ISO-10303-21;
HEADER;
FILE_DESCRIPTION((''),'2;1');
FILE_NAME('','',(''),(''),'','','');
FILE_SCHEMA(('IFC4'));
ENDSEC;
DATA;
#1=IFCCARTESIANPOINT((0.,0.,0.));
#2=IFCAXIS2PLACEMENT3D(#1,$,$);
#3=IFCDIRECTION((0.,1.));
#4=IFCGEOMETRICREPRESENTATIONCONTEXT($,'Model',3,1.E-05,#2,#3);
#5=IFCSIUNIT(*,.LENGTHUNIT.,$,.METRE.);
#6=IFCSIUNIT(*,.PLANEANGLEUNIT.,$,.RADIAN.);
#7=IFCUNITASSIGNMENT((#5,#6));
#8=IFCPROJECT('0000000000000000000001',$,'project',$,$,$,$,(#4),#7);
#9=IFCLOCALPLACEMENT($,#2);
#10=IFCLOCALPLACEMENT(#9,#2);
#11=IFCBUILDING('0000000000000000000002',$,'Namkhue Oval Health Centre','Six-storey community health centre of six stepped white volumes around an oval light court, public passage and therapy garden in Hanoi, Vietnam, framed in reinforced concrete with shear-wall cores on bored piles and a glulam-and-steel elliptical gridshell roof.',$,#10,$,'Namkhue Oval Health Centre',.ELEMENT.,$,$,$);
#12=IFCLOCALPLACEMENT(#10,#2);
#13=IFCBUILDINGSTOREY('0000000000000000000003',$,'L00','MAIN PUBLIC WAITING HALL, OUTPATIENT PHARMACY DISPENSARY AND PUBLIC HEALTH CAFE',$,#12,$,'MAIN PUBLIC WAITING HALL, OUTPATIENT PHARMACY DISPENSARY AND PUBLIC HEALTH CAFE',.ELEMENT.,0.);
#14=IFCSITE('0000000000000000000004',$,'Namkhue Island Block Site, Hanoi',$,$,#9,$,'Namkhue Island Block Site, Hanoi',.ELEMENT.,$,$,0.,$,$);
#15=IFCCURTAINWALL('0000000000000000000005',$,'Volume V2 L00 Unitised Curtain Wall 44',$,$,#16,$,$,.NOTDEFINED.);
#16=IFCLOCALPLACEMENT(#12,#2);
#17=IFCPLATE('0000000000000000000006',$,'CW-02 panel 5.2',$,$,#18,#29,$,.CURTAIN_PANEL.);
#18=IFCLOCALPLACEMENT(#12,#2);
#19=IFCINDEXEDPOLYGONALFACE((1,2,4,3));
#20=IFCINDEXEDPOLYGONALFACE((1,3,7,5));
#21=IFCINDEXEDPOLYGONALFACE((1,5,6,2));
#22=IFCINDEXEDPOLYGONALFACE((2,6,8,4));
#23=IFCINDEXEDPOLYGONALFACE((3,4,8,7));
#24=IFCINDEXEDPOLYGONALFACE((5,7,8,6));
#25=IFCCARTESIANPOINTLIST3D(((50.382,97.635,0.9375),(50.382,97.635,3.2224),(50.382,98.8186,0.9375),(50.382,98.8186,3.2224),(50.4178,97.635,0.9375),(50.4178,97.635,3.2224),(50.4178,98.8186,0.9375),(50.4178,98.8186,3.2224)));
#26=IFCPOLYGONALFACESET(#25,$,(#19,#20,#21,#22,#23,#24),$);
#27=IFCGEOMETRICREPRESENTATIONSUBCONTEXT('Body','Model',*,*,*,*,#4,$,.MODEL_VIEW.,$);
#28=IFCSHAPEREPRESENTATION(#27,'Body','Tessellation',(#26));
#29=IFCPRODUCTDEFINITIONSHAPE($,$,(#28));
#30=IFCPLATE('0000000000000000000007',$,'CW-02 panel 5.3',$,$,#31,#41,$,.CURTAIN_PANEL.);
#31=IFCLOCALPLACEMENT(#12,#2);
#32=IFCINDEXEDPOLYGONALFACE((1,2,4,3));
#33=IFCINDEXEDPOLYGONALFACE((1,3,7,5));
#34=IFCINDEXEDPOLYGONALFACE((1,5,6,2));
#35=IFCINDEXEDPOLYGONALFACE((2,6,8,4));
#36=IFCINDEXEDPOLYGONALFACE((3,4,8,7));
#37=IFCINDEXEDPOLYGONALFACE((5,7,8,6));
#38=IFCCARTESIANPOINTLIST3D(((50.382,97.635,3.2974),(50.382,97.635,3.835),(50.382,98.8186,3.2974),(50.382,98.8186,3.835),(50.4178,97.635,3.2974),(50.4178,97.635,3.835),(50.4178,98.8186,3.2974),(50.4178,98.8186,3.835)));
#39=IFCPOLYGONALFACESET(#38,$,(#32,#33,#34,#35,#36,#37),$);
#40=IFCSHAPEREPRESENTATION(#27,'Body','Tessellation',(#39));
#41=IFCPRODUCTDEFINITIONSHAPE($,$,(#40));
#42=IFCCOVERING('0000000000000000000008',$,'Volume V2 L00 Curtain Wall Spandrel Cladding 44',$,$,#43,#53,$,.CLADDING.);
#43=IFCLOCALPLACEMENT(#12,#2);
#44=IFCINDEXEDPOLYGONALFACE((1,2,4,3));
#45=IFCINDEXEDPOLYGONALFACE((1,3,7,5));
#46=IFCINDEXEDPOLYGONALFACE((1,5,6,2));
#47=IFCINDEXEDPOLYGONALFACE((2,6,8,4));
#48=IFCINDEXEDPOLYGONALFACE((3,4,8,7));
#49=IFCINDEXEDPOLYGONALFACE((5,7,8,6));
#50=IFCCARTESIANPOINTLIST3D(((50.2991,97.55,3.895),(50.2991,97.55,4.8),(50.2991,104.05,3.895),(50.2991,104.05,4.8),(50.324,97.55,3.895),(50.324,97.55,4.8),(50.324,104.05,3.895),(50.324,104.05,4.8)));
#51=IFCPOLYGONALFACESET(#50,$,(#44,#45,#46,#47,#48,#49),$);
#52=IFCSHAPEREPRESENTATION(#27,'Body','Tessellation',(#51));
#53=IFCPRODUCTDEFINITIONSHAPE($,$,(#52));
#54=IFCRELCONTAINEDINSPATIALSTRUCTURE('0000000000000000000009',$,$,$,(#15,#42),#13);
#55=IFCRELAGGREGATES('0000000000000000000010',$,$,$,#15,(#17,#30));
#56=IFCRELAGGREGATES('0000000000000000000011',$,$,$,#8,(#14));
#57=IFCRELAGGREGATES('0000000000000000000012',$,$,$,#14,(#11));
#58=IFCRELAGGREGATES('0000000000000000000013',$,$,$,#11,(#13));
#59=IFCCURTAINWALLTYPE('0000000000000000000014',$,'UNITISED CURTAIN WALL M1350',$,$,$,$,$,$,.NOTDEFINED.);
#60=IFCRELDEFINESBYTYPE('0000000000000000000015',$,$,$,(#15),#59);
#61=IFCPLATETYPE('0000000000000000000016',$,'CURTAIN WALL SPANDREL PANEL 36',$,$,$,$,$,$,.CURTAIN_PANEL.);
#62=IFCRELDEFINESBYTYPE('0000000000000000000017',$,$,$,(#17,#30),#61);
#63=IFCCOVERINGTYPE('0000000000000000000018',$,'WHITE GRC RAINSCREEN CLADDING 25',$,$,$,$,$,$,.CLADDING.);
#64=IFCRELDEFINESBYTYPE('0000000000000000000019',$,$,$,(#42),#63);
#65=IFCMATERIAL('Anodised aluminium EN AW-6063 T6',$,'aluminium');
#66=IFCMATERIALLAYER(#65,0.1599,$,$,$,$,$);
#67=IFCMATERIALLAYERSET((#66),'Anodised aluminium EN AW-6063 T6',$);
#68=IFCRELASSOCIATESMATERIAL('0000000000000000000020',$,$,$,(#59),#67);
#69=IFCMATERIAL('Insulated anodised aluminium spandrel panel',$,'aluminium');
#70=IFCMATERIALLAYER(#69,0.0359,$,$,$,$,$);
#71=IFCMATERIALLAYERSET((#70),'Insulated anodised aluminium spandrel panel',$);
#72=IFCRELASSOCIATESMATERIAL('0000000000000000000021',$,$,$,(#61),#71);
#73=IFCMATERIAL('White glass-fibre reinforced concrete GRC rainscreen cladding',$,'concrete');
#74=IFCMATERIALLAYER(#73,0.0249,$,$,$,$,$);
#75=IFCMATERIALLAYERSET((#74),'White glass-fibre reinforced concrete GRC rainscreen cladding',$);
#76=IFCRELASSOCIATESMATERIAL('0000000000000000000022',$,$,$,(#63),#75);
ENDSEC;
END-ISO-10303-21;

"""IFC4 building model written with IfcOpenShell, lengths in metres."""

from ifc_helpers import new_model, si_unit, direction, frame, origin, origin_2d, place, context, subcontext, project, spatial, rectangle, extrude, material, layer, layer_set, type_object, element, aggregate, save


model = new_model("IFC4")

# Units and contexts
model_context = context("Model", 3, precision=1e-05, world=origin(), true_north=direction((0.0, 1.0)))
body_context = subcontext(model_context, "Body", "Model", "MODEL_VIEW")
ifc_project = project(units=[si_unit("LENGTHUNIT", "METRE"), si_unit("PLANEANGLEUNIT", "RADIAN")], contexts=[model_context])

# Site, building, storey
site_placement = place(None, origin())
site = spatial("IfcSite", under=ifc_project, at=site_placement, Name="Namkhue Island Block Site, Hanoi", LongName="Namkhue Island Block Site, Hanoi", CompositionType="ELEMENT", RefElevation=0.0)
building_placement = place(site_placement, origin())
building = spatial("IfcBuilding", under=site, at=building_placement, Name="Namkhue Oval Health Centre", Description="Six-storey community health centre of six stepped white volumes around an oval light court, public passage and therapy garden in Hanoi, Vietnam, framed in reinforced concrete with shear-wall cores on bored piles and a glulam-and-steel elliptical gridshell roof.", LongName="Namkhue Oval Health Centre", CompositionType="ELEMENT")
storey_placement = place(building_placement, origin())
storey = spatial("IfcBuildingStorey", under=building, at=storey_placement, Name="L00", Description="MAIN PUBLIC WAITING HALL, OUTPATIENT PHARMACY DISPENSARY AND PUBLIC HEALTH CAFE", LongName="MAIN PUBLIC WAITING HALL, OUTPATIENT PHARMACY DISPENSARY AND PUBLIC HEALTH CAFE", CompositionType="ELEMENT", Elevation=0.0)

# Curtain wall
ifc_material_1 = material(Name="Anodised aluminium EN AW-6063 T6", Category="aluminium")
ifc_layer_1 = layer(ifc_material_1, 0.1599)
ifc_layer_set_1 = layer_set([ifc_layer_1], Name="Anodised aluminium EN AW-6063 T6")
curtain_wall_type = type_object("IfcCurtainWallType", Name="UNITISED CURTAIN WALL M1350", PredefinedType="NOTDEFINED", material=ifc_layer_set_1)
curtain_wall_placement = place(storey_placement, origin())
curtain_wall = element("IfcCurtainWall", 1, at=curtain_wall_placement, inside=storey, type_object=curtain_wall_type, Name="Volume V2 L00 Unitised Curtain Wall 44", PredefinedType="NOTDEFINED")

# Plates
ifc_material_2 = material(Name="Insulated anodised aluminium spandrel panel", Category="aluminium")
ifc_layer_2 = layer(ifc_material_2, 0.0359)
ifc_layer_set_2 = layer_set([ifc_layer_2], Name="Insulated anodised aluminium spandrel panel")
plate_type = type_object("IfcPlateType", Name="CURTAIN WALL SPANDREL PANEL 36", PredefinedType="CURTAIN_PANEL", material=ifc_layer_set_2)
plate_1_placement = place(storey_placement, frame((50.3999, 98.2268, 0.9375), z_axis=(0.0, 0.0, 1.0), x_axis=(0.0, -1.0, 0.0)))
plate_1 = element("IfcPlate", 2, at=plate_1_placement, type_object=plate_type, Name="CW-02 panel 5.2", PredefinedType="CURTAIN_PANEL", context=body_context, shape_type="SweptSolid", body=[
    extrude(rectangle(XDim=1.1836, YDim=0.0359, at=origin_2d()), origin(), (0.0, 0.0, 1.0), 2.2849),
])
plate_2_placement = place(storey_placement, frame((50.3999, 98.2268, 3.2974), z_axis=(0.0, 0.0, 1.0), x_axis=(0.0, -1.0, 0.0)))
plate_2 = element("IfcPlate", 3, at=plate_2_placement, type_object=plate_type, Name="CW-02 panel 5.3", PredefinedType="CURTAIN_PANEL", context=body_context, shape_type="SweptSolid", body=[
    extrude(rectangle(XDim=1.1836, YDim=0.0359, at=origin_2d()), origin(), (0.0, 0.0, 1.0), 0.5376),
])
aggregate(curtain_wall, [plate_1, plate_2])

# Covering
ifc_material_3 = material(Name="White glass-fibre reinforced concrete GRC rainscreen cladding", Category="concrete")
ifc_layer_3 = layer(ifc_material_3, 0.0249)
ifc_layer_set_3 = layer_set([ifc_layer_3], Name="White glass-fibre reinforced concrete GRC rainscreen cladding")
covering_type = type_object("IfcCoveringType", Name="WHITE GRC RAINSCREEN CLADDING 25", PredefinedType="CLADDING", material=ifc_layer_set_3)
covering_placement = place(storey_placement, frame((50.3115, 100.8, 3.895), z_axis=(0.0, 0.0, 1.0), x_axis=(0.0, -1.0, 0.0)))
element("IfcCovering", 4, at=covering_placement, inside=storey, type_object=covering_type, Name="Volume V2 L00 Curtain Wall Spandrel Cladding 44", PredefinedType="CLADDING", context=body_context, shape_type="SweptSolid", body=[
    extrude(rectangle(XDim=6.5, YDim=0.0249, at=origin_2d()), origin(), (0.0, 0.0, 1.0), 0.905),
])

save(model, "model.ifc")
